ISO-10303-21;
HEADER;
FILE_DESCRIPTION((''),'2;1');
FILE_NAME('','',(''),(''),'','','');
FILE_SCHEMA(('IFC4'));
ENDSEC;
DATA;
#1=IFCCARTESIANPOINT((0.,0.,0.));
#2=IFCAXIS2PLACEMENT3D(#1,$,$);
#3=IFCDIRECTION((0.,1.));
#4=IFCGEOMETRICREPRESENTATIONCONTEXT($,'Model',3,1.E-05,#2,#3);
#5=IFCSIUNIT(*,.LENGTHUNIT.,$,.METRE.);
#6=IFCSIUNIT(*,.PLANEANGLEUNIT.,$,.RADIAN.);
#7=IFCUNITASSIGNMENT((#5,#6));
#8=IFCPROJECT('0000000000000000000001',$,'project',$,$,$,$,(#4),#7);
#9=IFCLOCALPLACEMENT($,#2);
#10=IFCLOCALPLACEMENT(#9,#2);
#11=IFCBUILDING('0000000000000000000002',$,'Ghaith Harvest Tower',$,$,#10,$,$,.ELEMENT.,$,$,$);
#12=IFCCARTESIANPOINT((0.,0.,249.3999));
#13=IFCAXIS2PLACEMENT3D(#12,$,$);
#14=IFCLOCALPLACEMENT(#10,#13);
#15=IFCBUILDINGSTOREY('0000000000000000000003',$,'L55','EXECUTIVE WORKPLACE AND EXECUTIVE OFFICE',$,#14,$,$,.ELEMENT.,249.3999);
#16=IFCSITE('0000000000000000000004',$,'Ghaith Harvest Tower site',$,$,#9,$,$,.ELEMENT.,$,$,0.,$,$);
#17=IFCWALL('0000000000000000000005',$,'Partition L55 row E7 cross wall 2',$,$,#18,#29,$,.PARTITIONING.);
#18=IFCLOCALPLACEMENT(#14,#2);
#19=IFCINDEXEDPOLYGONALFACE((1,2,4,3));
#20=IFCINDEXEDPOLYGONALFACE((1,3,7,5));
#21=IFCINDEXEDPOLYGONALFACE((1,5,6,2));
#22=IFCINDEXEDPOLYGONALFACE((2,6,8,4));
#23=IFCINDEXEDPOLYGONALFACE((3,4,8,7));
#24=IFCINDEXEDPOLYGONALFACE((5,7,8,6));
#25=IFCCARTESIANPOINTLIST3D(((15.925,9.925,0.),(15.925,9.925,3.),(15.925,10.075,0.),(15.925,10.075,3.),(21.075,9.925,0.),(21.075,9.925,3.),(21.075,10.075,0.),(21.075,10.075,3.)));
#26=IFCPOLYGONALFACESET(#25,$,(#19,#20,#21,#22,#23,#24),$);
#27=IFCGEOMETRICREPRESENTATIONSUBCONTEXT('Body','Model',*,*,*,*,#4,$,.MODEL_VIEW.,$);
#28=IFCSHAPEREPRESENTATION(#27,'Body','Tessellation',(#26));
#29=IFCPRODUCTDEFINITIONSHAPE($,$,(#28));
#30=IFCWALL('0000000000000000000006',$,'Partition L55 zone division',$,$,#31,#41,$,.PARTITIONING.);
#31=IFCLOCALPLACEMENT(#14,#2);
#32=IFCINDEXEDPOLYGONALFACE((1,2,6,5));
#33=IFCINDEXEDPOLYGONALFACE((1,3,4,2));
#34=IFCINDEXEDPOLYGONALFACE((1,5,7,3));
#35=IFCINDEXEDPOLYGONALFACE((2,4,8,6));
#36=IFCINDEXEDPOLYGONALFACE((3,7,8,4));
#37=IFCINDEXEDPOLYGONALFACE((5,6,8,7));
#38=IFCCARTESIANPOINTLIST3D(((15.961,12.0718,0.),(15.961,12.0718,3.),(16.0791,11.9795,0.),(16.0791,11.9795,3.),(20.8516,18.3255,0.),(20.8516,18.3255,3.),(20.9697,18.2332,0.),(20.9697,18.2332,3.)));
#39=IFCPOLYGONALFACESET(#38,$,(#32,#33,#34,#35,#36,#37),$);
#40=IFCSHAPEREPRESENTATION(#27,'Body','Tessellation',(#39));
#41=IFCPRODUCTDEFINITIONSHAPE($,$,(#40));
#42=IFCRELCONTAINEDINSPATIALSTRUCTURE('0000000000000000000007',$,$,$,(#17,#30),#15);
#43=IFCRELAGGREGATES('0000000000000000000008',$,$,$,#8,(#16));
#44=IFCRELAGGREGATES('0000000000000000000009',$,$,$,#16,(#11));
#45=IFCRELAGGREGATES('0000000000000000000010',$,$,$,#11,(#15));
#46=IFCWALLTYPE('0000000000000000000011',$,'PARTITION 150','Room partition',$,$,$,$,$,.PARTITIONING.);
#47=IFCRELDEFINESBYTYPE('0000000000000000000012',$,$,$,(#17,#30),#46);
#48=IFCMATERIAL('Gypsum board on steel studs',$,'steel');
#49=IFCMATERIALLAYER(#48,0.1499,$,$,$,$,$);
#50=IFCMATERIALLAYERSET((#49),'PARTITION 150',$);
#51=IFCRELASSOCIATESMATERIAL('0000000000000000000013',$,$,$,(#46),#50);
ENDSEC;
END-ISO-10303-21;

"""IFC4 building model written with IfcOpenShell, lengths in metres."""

from ifc_helpers import new_model, si_unit, direction, frame, frame_2d, origin, place, context, subcontext, project, spatial, rectangle, extrude, material, layer, layer_set, type_object, element, save


model = new_model("IFC4")

# Units and contexts
model_context = context("Model", 3, precision=1e-05, world=origin(), true_north=direction((0.0, 1.0)))
body_context = subcontext(model_context, "Body", "Model", "MODEL_VIEW")
ifc_project = project(units=[si_unit("LENGTHUNIT", "METRE"), si_unit("PLANEANGLEUNIT", "RADIAN")], contexts=[model_context])

# Site, building, storey
site_placement = place(None, origin())
site = spatial("IfcSite", under=ifc_project, at=site_placement, Name="Ghaith Harvest Tower site", CompositionType="ELEMENT", RefElevation=0.0)
building_placement = place(site_placement, origin())
building = spatial("IfcBuilding", under=site, at=building_placement, Name="Ghaith Harvest Tower", CompositionType="ELEMENT")
storey_placement = place(building_placement, frame((0.0, 0.0, 249.3999)))
storey = spatial("IfcBuildingStorey", under=building, at=storey_placement, Name="L55", Description="EXECUTIVE WORKPLACE AND EXECUTIVE OFFICE", CompositionType="ELEMENT", Elevation=249.3999)

# Walls
ifc_material_1 = material(Name="Gypsum board on steel studs", Category="steel")
ifc_layer_1 = layer(ifc_material_1, 0.1499)
ifc_layer_set_1 = layer_set([ifc_layer_1], Name="PARTITION 150")
wall_type_1 = type_object("IfcWallType", Name="PARTITION 150", Description="Room partition", PredefinedType="PARTITIONING", material=ifc_layer_set_1)
wall_1_placement = place(storey_placement, frame((15.925, 10.0, 0.0), z_axis=(0.0, 0.0, 1.0), x_axis=(1.0, 0.0, 0.0)))
element("IfcWall", 1, at=wall_1_placement, inside=storey, type_object=wall_type_1, Name="Partition L55 row E7 cross wall 2", PredefinedType="PARTITIONING", context=body_context, shape_type="SweptSolid", body=[
    extrude(rectangle(XDim=5.1499, YDim=0.1499, at=frame_2d((2.575, 0.0))), origin(), (0.0, 0.0, 1.0), 3.0),
])
wall_2_placement = place(storey_placement, frame((16.02, 12.0256, 0.0), z_axis=(0.0, 0.0, 1.0), x_axis=(0.616031, 0.787722, 0.0)))
element("IfcWall", 2, at=wall_2_placement, inside=storey, type_object=wall_type_1, Name="Partition L55 zone division", PredefinedType="PARTITIONING", context=body_context, shape_type="SweptSolid", body=[
    extrude(rectangle(XDim=7.939, YDim=0.1499, at=frame_2d((3.9695, 0.0))), origin(), (0.0, 0.0, 1.0), 3.0),
])

save(model, "model.ifc")
